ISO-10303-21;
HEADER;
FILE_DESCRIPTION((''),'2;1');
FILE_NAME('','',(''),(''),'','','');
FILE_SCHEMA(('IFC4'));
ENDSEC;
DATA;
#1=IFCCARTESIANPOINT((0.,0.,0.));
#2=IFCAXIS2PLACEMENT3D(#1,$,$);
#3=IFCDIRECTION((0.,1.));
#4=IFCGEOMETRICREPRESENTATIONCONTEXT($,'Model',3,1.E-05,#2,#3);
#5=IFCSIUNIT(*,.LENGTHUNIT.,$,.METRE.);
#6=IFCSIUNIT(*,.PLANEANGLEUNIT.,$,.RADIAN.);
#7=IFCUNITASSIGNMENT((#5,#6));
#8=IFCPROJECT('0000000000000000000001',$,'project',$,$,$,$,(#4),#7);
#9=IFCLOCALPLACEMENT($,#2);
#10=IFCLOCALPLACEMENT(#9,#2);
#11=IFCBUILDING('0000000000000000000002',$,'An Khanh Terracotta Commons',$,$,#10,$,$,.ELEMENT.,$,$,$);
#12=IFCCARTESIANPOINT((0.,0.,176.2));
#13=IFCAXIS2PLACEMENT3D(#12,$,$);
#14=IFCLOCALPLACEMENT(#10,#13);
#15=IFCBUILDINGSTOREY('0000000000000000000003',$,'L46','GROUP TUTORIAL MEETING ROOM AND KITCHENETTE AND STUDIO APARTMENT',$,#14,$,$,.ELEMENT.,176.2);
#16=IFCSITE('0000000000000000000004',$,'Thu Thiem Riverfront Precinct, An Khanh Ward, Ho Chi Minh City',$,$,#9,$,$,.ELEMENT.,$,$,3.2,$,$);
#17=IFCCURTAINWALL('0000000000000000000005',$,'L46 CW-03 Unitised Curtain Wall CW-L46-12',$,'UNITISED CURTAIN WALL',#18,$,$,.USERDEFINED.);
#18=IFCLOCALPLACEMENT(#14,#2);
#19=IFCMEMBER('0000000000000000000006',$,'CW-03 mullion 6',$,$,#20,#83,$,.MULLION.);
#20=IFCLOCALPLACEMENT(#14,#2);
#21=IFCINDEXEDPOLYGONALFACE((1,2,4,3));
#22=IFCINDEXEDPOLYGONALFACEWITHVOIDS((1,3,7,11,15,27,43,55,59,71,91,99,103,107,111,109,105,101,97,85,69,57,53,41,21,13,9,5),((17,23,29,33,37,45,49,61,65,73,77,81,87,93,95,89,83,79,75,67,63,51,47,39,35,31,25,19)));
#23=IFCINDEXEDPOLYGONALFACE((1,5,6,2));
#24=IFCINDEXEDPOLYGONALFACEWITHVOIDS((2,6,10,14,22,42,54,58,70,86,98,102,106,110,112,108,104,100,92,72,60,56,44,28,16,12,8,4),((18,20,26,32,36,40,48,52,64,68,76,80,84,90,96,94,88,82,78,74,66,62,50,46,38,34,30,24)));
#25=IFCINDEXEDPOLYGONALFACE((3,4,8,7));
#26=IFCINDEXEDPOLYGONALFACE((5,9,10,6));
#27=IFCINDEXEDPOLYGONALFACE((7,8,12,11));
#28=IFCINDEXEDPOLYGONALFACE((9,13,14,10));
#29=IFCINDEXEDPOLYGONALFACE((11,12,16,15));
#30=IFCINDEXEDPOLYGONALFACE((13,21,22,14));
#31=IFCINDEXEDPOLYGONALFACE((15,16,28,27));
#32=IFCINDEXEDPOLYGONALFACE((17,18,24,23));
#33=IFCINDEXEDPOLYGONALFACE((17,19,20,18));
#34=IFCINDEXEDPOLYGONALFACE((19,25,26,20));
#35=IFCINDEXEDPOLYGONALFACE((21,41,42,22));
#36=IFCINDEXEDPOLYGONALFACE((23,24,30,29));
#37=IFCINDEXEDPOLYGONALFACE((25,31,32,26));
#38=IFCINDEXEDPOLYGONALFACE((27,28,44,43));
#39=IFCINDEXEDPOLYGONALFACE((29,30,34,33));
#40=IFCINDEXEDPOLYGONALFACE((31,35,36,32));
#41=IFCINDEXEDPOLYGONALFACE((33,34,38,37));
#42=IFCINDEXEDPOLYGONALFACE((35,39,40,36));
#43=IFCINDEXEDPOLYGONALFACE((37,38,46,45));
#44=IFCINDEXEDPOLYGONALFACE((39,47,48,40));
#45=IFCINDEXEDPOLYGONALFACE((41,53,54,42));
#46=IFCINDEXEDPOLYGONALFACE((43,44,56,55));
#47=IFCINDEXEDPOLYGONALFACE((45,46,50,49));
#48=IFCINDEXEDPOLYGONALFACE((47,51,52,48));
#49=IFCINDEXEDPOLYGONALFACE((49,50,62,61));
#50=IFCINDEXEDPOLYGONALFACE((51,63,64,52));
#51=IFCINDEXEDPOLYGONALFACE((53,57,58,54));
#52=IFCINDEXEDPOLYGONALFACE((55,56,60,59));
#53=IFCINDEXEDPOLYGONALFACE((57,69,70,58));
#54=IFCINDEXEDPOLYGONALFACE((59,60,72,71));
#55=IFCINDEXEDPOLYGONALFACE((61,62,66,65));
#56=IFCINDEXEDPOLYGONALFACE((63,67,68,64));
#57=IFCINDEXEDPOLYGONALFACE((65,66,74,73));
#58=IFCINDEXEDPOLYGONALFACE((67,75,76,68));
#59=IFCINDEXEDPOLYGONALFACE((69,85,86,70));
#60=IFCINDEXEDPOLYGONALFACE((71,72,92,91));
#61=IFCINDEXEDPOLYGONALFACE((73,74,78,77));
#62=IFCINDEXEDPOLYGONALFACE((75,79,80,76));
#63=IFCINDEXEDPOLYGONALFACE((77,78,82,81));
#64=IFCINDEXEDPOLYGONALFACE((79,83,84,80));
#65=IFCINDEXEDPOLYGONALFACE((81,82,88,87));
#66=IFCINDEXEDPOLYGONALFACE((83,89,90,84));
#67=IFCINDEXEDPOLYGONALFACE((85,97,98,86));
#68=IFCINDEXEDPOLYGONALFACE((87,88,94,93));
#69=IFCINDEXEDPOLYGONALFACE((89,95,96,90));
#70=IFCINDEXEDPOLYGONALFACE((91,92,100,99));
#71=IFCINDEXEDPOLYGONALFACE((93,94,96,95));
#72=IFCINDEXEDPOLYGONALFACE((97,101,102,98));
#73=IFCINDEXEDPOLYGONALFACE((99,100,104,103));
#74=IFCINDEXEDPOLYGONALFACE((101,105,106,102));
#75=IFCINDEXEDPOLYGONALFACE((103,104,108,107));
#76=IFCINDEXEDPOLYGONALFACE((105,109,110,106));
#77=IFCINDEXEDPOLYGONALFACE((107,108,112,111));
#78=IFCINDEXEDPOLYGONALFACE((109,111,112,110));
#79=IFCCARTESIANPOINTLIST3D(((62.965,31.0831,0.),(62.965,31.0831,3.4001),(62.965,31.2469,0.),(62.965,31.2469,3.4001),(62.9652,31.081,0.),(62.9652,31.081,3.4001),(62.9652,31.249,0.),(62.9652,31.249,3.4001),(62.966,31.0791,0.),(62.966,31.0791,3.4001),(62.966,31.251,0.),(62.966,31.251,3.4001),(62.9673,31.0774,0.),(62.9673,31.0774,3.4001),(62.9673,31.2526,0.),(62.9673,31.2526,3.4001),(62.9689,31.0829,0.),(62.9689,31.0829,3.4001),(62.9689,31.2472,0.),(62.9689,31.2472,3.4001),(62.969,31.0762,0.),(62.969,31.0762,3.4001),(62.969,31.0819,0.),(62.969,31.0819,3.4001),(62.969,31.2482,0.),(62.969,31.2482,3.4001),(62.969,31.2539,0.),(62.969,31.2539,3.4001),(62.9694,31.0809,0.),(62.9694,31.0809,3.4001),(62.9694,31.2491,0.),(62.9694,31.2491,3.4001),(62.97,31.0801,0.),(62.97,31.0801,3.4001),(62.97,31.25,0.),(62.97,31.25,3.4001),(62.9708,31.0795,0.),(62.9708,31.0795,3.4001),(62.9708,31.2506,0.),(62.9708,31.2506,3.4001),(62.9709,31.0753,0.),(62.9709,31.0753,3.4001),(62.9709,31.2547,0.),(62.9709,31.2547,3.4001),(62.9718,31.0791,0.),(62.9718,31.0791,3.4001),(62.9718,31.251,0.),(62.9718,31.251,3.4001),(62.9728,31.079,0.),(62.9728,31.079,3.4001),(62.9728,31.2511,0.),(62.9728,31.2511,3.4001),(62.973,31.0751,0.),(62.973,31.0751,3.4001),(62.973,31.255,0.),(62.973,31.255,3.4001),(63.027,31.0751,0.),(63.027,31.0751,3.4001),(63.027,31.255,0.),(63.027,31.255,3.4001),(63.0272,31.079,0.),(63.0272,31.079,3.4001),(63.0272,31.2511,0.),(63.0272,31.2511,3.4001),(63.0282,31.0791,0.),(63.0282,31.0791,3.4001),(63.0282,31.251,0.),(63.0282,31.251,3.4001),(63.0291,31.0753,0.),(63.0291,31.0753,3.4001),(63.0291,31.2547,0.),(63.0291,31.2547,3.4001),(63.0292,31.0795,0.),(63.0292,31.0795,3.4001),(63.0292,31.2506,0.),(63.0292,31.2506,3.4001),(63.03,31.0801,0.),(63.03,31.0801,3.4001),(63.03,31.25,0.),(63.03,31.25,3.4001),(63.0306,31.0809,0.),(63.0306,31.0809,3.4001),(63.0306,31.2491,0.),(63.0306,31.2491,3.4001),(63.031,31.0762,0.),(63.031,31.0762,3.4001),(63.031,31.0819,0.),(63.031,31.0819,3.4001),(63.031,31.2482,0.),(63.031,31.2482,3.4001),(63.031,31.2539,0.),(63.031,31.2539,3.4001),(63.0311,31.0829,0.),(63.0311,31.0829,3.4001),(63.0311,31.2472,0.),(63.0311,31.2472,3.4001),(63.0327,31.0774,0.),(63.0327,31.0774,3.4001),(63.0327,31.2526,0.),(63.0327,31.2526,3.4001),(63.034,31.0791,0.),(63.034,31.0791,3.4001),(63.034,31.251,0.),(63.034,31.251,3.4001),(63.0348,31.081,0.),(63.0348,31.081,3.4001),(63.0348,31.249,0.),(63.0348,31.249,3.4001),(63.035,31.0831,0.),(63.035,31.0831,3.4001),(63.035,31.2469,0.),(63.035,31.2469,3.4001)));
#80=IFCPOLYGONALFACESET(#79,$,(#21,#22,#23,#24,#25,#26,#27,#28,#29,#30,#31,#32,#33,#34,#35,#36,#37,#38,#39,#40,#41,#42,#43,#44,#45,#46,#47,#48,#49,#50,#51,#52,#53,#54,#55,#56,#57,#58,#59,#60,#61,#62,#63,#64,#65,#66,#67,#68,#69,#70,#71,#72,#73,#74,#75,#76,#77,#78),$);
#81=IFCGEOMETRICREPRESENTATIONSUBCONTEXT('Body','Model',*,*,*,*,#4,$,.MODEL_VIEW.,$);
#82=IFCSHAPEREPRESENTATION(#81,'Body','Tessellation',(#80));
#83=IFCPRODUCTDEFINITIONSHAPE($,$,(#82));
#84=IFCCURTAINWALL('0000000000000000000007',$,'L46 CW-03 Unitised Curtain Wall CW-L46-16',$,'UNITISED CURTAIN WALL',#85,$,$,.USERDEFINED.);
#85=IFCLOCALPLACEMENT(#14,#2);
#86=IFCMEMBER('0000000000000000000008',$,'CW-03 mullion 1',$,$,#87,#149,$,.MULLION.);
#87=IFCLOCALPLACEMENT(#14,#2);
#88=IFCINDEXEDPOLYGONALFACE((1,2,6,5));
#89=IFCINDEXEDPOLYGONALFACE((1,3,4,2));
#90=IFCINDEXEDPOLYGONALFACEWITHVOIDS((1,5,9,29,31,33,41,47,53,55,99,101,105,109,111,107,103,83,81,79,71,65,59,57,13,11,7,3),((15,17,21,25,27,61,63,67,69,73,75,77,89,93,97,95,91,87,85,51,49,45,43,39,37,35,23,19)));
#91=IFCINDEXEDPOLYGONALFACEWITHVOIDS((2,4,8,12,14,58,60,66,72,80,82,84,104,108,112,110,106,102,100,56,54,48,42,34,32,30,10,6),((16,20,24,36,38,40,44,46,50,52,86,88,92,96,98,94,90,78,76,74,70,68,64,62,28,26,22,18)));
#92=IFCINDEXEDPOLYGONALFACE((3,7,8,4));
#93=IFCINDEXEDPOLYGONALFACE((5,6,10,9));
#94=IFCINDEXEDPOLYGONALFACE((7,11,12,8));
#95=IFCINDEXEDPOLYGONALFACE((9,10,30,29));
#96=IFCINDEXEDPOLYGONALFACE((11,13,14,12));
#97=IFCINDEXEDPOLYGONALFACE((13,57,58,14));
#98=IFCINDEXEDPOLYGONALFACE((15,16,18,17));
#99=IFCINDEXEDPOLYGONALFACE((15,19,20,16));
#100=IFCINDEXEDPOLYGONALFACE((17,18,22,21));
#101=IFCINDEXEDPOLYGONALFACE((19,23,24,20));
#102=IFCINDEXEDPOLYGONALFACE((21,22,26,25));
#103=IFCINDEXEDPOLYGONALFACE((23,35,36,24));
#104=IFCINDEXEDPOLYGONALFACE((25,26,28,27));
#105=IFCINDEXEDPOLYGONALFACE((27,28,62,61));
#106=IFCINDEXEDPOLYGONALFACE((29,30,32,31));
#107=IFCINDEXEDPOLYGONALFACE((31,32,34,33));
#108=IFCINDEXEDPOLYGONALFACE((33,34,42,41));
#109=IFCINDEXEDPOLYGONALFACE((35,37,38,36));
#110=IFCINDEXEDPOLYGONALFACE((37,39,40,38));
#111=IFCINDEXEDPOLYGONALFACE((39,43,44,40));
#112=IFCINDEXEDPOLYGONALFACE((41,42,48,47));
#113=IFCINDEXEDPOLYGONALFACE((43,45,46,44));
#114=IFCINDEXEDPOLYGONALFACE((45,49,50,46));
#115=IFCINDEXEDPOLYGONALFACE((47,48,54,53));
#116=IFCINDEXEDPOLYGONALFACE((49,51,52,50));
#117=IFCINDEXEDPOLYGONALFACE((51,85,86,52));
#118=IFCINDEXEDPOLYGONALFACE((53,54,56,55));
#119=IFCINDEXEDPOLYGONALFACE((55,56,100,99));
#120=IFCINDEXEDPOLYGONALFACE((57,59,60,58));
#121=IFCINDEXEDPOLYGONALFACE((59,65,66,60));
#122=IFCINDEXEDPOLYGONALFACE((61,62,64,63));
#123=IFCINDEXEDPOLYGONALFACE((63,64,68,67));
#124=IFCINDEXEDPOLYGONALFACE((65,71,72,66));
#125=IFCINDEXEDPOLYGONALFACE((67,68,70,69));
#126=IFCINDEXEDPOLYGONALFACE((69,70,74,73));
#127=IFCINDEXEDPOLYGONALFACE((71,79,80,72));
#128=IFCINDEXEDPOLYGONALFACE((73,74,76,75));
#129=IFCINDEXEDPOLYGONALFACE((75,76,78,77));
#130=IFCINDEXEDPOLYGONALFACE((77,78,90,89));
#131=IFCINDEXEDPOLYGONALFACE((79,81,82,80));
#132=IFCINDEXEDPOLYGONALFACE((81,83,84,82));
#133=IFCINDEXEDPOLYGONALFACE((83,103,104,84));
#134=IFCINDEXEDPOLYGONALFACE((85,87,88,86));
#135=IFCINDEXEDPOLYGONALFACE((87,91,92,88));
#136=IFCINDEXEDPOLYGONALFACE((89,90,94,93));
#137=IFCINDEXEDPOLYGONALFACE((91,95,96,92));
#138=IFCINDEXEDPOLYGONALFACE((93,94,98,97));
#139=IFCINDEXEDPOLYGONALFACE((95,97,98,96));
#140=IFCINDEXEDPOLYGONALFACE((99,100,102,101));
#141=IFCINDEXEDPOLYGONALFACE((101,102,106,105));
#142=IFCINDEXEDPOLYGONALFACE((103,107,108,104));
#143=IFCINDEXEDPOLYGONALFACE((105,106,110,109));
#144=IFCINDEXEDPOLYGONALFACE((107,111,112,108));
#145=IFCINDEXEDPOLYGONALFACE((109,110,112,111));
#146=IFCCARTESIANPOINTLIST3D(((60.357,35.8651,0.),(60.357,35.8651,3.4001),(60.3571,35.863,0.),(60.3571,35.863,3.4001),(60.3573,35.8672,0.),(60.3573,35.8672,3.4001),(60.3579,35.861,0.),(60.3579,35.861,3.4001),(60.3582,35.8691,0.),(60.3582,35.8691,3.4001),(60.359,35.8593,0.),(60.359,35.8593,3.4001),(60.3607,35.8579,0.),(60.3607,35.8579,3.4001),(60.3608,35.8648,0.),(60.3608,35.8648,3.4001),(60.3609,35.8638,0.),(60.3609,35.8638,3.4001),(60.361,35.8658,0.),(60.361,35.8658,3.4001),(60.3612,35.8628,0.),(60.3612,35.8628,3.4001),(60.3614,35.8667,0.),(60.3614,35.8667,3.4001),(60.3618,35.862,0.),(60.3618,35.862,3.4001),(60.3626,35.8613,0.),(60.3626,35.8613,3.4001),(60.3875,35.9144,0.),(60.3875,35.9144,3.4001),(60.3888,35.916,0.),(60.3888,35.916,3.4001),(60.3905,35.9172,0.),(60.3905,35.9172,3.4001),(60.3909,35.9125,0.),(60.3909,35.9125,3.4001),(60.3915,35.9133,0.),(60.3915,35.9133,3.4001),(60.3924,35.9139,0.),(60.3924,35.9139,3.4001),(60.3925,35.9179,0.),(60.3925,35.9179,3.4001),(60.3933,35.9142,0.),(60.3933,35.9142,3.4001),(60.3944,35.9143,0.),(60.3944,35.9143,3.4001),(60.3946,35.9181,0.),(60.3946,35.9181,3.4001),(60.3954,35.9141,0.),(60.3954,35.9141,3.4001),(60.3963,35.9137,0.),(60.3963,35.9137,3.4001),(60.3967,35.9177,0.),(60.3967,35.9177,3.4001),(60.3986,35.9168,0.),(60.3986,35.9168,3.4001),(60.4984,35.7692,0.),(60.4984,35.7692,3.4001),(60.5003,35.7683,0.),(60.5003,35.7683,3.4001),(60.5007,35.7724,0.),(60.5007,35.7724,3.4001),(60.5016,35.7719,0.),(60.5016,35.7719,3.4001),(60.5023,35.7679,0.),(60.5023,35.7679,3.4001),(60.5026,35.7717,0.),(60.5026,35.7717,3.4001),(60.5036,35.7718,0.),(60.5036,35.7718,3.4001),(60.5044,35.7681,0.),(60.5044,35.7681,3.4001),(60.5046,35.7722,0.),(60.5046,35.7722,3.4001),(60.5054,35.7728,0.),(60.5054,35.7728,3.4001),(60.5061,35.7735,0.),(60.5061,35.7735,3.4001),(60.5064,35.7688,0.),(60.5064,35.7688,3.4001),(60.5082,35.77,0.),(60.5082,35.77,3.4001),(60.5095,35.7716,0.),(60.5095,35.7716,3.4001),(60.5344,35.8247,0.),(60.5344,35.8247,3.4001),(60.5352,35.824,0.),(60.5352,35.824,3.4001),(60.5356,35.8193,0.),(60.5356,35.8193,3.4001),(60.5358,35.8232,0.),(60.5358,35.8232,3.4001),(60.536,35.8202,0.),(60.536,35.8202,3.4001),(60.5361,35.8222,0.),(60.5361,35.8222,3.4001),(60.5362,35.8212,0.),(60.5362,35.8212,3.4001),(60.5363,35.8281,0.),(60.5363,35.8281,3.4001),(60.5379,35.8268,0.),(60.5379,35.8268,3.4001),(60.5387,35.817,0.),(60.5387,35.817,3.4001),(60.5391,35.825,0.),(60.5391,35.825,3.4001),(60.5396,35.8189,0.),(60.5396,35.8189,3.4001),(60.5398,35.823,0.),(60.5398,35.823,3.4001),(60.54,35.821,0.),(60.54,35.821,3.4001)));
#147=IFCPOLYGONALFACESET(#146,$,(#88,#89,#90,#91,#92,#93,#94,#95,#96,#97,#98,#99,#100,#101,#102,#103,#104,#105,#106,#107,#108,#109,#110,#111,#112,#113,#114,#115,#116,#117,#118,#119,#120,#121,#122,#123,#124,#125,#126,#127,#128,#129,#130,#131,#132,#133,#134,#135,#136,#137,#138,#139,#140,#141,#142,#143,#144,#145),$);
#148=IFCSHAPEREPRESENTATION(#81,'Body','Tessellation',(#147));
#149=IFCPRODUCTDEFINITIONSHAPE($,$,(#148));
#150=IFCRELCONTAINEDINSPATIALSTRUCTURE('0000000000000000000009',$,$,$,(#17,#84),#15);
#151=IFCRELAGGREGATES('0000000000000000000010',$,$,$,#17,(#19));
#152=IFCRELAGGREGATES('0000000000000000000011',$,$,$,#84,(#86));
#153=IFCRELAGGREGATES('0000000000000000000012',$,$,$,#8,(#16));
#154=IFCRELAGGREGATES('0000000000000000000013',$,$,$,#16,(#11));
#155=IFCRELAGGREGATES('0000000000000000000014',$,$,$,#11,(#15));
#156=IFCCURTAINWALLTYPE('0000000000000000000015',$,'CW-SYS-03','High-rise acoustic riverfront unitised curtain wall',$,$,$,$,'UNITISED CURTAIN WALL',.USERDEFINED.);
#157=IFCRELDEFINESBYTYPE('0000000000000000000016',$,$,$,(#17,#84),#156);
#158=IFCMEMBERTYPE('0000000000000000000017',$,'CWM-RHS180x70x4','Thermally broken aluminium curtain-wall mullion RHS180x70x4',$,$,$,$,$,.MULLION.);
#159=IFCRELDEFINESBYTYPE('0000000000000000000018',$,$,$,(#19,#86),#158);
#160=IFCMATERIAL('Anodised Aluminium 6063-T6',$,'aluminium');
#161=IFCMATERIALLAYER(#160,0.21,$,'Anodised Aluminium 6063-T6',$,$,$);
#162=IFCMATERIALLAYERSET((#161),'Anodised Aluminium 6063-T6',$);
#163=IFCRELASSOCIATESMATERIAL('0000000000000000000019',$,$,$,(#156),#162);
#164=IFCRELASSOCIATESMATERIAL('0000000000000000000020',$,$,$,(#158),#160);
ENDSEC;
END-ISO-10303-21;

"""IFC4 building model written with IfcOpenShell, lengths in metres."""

from ifc_helpers import new_model, si_unit, direction, frame, origin, origin_2d, place, context, subcontext, project, spatial, hollow_rectangle, extrude, material, layer, layer_set, material_profile, profile_set, type_object, element, aggregate, save


model = new_model("IFC4")

# Units and contexts
model_context = context("Model", 3, precision=1e-05, world=origin(), true_north=direction((0.0, 1.0)))
body_context = subcontext(model_context, "Body", "Model", "MODEL_VIEW")
ifc_project = project(units=[si_unit("LENGTHUNIT", "METRE"), si_unit("PLANEANGLEUNIT", "RADIAN")], contexts=[model_context])

# Site, building, storey
site_placement = place(None, origin())
site = spatial("IfcSite", under=ifc_project, at=site_placement, Name="Thu Thiem Riverfront Precinct, An Khanh Ward, Ho Chi Minh City", CompositionType="ELEMENT", RefElevation=3.2)
building_placement = place(site_placement, origin())
building = spatial("IfcBuilding", under=site, at=building_placement, Name="An Khanh Terracotta Commons", CompositionType="ELEMENT")
storey_placement = place(building_placement, frame((0.0, 0.0, 176.2)))
storey = spatial("IfcBuildingStorey", under=building, at=storey_placement, Name="L46", Description="GROUP TUTORIAL MEETING ROOM AND KITCHENETTE AND STUDIO APARTMENT", CompositionType="ELEMENT", Elevation=176.2)

# Curtain walls, members
ifc_material_1 = material(Name="Anodised Aluminium 6063-T6", Category="aluminium")
ifc_layer_1 = layer(ifc_material_1, 0.21, Name="Anodised Aluminium 6063-T6")
ifc_layer_set_1 = layer_set([ifc_layer_1], Name="Anodised Aluminium 6063-T6")
curtain_wall_type = type_object("IfcCurtainWallType", Name="CW-SYS-03", Description="High-rise acoustic riverfront unitised curtain wall", ElementType="UNITISED CURTAIN WALL", PredefinedType="USERDEFINED", material=ifc_layer_set_1)
curtain_wall_1_placement = place(storey_placement, origin())
curtain_wall_1 = element("IfcCurtainWall", 1, at=curtain_wall_1_placement, inside=storey, type_object=curtain_wall_type, Name="L46 CW-03 Unitised Curtain Wall CW-L46-12", ObjectType="UNITISED CURTAIN WALL", PredefinedType="USERDEFINED")
ifc_material_profile_1 = material_profile(ifc_material_1, hollow_rectangle(XDim=0.0701, YDim=0.1799, WallThickness=0.0039, InnerFilletRadius=0.0039, OuterFilletRadius=0.0081, at=origin_2d()), Name="RHS180x70x4")
ifc_profile_set_1 = profile_set([ifc_material_profile_1], Name="Anodised Aluminium 6063-T6")
member_type_1 = type_object("IfcMemberType", Name="CWM-RHS180x70x4", Description="Thermally broken aluminium curtain-wall mullion RHS180x70x4", PredefinedType="MULLION", material=ifc_profile_set_1)
member_1_placement = place(storey_placement, frame((63.0, 31.165, 0.0), z_axis=(0.0, 0.0, 1.0), x_axis=(-1.0, 0.0, 0.0)))
member_1 = element("IfcMember", 2, at=member_1_placement, type_object=member_type_1, Name="CW-03 mullion 6", PredefinedType="MULLION", context=body_context, shape_type="SweptSolid", body=[
    extrude(hollow_rectangle(XDim=0.0701, YDim=0.1799, WallThickness=0.0039, InnerFilletRadius=0.0039, OuterFilletRadius=0.0081, at=origin_2d()), origin(), (0.0, 0.0, 1.0), 3.4001),
])
curtain_wall_2_placement = place(storey_placement, origin())
curtain_wall_2 = element("IfcCurtainWall", 3, at=curtain_wall_2_placement, inside=storey, type_object=curtain_wall_type, Name="L46 CW-03 Unitised Curtain Wall CW-L46-16", ObjectType="UNITISED CURTAIN WALL", PredefinedType="USERDEFINED")
member_2_placement = place(storey_placement, frame((60.4485, 35.843, 0.0), z_axis=(0.0, 0.0, 1.0), x_axis=(-0.541498, -0.840702, 0.0)))
member_2 = element("IfcMember", 4, at=member_2_placement, type_object=member_type_1, Name="CW-03 mullion 1", PredefinedType="MULLION", context=body_context, shape_type="SweptSolid", body=[
    extrude(hollow_rectangle(XDim=0.0701, YDim=0.1799, WallThickness=0.0039, InnerFilletRadius=0.0039, OuterFilletRadius=0.0081, at=origin_2d()), origin(), (0.0, 0.0, 1.0), 3.4001),
])

aggregate(curtain_wall_1, [member_1])
aggregate(curtain_wall_2, [member_2])

save(model, "model.ifc")
